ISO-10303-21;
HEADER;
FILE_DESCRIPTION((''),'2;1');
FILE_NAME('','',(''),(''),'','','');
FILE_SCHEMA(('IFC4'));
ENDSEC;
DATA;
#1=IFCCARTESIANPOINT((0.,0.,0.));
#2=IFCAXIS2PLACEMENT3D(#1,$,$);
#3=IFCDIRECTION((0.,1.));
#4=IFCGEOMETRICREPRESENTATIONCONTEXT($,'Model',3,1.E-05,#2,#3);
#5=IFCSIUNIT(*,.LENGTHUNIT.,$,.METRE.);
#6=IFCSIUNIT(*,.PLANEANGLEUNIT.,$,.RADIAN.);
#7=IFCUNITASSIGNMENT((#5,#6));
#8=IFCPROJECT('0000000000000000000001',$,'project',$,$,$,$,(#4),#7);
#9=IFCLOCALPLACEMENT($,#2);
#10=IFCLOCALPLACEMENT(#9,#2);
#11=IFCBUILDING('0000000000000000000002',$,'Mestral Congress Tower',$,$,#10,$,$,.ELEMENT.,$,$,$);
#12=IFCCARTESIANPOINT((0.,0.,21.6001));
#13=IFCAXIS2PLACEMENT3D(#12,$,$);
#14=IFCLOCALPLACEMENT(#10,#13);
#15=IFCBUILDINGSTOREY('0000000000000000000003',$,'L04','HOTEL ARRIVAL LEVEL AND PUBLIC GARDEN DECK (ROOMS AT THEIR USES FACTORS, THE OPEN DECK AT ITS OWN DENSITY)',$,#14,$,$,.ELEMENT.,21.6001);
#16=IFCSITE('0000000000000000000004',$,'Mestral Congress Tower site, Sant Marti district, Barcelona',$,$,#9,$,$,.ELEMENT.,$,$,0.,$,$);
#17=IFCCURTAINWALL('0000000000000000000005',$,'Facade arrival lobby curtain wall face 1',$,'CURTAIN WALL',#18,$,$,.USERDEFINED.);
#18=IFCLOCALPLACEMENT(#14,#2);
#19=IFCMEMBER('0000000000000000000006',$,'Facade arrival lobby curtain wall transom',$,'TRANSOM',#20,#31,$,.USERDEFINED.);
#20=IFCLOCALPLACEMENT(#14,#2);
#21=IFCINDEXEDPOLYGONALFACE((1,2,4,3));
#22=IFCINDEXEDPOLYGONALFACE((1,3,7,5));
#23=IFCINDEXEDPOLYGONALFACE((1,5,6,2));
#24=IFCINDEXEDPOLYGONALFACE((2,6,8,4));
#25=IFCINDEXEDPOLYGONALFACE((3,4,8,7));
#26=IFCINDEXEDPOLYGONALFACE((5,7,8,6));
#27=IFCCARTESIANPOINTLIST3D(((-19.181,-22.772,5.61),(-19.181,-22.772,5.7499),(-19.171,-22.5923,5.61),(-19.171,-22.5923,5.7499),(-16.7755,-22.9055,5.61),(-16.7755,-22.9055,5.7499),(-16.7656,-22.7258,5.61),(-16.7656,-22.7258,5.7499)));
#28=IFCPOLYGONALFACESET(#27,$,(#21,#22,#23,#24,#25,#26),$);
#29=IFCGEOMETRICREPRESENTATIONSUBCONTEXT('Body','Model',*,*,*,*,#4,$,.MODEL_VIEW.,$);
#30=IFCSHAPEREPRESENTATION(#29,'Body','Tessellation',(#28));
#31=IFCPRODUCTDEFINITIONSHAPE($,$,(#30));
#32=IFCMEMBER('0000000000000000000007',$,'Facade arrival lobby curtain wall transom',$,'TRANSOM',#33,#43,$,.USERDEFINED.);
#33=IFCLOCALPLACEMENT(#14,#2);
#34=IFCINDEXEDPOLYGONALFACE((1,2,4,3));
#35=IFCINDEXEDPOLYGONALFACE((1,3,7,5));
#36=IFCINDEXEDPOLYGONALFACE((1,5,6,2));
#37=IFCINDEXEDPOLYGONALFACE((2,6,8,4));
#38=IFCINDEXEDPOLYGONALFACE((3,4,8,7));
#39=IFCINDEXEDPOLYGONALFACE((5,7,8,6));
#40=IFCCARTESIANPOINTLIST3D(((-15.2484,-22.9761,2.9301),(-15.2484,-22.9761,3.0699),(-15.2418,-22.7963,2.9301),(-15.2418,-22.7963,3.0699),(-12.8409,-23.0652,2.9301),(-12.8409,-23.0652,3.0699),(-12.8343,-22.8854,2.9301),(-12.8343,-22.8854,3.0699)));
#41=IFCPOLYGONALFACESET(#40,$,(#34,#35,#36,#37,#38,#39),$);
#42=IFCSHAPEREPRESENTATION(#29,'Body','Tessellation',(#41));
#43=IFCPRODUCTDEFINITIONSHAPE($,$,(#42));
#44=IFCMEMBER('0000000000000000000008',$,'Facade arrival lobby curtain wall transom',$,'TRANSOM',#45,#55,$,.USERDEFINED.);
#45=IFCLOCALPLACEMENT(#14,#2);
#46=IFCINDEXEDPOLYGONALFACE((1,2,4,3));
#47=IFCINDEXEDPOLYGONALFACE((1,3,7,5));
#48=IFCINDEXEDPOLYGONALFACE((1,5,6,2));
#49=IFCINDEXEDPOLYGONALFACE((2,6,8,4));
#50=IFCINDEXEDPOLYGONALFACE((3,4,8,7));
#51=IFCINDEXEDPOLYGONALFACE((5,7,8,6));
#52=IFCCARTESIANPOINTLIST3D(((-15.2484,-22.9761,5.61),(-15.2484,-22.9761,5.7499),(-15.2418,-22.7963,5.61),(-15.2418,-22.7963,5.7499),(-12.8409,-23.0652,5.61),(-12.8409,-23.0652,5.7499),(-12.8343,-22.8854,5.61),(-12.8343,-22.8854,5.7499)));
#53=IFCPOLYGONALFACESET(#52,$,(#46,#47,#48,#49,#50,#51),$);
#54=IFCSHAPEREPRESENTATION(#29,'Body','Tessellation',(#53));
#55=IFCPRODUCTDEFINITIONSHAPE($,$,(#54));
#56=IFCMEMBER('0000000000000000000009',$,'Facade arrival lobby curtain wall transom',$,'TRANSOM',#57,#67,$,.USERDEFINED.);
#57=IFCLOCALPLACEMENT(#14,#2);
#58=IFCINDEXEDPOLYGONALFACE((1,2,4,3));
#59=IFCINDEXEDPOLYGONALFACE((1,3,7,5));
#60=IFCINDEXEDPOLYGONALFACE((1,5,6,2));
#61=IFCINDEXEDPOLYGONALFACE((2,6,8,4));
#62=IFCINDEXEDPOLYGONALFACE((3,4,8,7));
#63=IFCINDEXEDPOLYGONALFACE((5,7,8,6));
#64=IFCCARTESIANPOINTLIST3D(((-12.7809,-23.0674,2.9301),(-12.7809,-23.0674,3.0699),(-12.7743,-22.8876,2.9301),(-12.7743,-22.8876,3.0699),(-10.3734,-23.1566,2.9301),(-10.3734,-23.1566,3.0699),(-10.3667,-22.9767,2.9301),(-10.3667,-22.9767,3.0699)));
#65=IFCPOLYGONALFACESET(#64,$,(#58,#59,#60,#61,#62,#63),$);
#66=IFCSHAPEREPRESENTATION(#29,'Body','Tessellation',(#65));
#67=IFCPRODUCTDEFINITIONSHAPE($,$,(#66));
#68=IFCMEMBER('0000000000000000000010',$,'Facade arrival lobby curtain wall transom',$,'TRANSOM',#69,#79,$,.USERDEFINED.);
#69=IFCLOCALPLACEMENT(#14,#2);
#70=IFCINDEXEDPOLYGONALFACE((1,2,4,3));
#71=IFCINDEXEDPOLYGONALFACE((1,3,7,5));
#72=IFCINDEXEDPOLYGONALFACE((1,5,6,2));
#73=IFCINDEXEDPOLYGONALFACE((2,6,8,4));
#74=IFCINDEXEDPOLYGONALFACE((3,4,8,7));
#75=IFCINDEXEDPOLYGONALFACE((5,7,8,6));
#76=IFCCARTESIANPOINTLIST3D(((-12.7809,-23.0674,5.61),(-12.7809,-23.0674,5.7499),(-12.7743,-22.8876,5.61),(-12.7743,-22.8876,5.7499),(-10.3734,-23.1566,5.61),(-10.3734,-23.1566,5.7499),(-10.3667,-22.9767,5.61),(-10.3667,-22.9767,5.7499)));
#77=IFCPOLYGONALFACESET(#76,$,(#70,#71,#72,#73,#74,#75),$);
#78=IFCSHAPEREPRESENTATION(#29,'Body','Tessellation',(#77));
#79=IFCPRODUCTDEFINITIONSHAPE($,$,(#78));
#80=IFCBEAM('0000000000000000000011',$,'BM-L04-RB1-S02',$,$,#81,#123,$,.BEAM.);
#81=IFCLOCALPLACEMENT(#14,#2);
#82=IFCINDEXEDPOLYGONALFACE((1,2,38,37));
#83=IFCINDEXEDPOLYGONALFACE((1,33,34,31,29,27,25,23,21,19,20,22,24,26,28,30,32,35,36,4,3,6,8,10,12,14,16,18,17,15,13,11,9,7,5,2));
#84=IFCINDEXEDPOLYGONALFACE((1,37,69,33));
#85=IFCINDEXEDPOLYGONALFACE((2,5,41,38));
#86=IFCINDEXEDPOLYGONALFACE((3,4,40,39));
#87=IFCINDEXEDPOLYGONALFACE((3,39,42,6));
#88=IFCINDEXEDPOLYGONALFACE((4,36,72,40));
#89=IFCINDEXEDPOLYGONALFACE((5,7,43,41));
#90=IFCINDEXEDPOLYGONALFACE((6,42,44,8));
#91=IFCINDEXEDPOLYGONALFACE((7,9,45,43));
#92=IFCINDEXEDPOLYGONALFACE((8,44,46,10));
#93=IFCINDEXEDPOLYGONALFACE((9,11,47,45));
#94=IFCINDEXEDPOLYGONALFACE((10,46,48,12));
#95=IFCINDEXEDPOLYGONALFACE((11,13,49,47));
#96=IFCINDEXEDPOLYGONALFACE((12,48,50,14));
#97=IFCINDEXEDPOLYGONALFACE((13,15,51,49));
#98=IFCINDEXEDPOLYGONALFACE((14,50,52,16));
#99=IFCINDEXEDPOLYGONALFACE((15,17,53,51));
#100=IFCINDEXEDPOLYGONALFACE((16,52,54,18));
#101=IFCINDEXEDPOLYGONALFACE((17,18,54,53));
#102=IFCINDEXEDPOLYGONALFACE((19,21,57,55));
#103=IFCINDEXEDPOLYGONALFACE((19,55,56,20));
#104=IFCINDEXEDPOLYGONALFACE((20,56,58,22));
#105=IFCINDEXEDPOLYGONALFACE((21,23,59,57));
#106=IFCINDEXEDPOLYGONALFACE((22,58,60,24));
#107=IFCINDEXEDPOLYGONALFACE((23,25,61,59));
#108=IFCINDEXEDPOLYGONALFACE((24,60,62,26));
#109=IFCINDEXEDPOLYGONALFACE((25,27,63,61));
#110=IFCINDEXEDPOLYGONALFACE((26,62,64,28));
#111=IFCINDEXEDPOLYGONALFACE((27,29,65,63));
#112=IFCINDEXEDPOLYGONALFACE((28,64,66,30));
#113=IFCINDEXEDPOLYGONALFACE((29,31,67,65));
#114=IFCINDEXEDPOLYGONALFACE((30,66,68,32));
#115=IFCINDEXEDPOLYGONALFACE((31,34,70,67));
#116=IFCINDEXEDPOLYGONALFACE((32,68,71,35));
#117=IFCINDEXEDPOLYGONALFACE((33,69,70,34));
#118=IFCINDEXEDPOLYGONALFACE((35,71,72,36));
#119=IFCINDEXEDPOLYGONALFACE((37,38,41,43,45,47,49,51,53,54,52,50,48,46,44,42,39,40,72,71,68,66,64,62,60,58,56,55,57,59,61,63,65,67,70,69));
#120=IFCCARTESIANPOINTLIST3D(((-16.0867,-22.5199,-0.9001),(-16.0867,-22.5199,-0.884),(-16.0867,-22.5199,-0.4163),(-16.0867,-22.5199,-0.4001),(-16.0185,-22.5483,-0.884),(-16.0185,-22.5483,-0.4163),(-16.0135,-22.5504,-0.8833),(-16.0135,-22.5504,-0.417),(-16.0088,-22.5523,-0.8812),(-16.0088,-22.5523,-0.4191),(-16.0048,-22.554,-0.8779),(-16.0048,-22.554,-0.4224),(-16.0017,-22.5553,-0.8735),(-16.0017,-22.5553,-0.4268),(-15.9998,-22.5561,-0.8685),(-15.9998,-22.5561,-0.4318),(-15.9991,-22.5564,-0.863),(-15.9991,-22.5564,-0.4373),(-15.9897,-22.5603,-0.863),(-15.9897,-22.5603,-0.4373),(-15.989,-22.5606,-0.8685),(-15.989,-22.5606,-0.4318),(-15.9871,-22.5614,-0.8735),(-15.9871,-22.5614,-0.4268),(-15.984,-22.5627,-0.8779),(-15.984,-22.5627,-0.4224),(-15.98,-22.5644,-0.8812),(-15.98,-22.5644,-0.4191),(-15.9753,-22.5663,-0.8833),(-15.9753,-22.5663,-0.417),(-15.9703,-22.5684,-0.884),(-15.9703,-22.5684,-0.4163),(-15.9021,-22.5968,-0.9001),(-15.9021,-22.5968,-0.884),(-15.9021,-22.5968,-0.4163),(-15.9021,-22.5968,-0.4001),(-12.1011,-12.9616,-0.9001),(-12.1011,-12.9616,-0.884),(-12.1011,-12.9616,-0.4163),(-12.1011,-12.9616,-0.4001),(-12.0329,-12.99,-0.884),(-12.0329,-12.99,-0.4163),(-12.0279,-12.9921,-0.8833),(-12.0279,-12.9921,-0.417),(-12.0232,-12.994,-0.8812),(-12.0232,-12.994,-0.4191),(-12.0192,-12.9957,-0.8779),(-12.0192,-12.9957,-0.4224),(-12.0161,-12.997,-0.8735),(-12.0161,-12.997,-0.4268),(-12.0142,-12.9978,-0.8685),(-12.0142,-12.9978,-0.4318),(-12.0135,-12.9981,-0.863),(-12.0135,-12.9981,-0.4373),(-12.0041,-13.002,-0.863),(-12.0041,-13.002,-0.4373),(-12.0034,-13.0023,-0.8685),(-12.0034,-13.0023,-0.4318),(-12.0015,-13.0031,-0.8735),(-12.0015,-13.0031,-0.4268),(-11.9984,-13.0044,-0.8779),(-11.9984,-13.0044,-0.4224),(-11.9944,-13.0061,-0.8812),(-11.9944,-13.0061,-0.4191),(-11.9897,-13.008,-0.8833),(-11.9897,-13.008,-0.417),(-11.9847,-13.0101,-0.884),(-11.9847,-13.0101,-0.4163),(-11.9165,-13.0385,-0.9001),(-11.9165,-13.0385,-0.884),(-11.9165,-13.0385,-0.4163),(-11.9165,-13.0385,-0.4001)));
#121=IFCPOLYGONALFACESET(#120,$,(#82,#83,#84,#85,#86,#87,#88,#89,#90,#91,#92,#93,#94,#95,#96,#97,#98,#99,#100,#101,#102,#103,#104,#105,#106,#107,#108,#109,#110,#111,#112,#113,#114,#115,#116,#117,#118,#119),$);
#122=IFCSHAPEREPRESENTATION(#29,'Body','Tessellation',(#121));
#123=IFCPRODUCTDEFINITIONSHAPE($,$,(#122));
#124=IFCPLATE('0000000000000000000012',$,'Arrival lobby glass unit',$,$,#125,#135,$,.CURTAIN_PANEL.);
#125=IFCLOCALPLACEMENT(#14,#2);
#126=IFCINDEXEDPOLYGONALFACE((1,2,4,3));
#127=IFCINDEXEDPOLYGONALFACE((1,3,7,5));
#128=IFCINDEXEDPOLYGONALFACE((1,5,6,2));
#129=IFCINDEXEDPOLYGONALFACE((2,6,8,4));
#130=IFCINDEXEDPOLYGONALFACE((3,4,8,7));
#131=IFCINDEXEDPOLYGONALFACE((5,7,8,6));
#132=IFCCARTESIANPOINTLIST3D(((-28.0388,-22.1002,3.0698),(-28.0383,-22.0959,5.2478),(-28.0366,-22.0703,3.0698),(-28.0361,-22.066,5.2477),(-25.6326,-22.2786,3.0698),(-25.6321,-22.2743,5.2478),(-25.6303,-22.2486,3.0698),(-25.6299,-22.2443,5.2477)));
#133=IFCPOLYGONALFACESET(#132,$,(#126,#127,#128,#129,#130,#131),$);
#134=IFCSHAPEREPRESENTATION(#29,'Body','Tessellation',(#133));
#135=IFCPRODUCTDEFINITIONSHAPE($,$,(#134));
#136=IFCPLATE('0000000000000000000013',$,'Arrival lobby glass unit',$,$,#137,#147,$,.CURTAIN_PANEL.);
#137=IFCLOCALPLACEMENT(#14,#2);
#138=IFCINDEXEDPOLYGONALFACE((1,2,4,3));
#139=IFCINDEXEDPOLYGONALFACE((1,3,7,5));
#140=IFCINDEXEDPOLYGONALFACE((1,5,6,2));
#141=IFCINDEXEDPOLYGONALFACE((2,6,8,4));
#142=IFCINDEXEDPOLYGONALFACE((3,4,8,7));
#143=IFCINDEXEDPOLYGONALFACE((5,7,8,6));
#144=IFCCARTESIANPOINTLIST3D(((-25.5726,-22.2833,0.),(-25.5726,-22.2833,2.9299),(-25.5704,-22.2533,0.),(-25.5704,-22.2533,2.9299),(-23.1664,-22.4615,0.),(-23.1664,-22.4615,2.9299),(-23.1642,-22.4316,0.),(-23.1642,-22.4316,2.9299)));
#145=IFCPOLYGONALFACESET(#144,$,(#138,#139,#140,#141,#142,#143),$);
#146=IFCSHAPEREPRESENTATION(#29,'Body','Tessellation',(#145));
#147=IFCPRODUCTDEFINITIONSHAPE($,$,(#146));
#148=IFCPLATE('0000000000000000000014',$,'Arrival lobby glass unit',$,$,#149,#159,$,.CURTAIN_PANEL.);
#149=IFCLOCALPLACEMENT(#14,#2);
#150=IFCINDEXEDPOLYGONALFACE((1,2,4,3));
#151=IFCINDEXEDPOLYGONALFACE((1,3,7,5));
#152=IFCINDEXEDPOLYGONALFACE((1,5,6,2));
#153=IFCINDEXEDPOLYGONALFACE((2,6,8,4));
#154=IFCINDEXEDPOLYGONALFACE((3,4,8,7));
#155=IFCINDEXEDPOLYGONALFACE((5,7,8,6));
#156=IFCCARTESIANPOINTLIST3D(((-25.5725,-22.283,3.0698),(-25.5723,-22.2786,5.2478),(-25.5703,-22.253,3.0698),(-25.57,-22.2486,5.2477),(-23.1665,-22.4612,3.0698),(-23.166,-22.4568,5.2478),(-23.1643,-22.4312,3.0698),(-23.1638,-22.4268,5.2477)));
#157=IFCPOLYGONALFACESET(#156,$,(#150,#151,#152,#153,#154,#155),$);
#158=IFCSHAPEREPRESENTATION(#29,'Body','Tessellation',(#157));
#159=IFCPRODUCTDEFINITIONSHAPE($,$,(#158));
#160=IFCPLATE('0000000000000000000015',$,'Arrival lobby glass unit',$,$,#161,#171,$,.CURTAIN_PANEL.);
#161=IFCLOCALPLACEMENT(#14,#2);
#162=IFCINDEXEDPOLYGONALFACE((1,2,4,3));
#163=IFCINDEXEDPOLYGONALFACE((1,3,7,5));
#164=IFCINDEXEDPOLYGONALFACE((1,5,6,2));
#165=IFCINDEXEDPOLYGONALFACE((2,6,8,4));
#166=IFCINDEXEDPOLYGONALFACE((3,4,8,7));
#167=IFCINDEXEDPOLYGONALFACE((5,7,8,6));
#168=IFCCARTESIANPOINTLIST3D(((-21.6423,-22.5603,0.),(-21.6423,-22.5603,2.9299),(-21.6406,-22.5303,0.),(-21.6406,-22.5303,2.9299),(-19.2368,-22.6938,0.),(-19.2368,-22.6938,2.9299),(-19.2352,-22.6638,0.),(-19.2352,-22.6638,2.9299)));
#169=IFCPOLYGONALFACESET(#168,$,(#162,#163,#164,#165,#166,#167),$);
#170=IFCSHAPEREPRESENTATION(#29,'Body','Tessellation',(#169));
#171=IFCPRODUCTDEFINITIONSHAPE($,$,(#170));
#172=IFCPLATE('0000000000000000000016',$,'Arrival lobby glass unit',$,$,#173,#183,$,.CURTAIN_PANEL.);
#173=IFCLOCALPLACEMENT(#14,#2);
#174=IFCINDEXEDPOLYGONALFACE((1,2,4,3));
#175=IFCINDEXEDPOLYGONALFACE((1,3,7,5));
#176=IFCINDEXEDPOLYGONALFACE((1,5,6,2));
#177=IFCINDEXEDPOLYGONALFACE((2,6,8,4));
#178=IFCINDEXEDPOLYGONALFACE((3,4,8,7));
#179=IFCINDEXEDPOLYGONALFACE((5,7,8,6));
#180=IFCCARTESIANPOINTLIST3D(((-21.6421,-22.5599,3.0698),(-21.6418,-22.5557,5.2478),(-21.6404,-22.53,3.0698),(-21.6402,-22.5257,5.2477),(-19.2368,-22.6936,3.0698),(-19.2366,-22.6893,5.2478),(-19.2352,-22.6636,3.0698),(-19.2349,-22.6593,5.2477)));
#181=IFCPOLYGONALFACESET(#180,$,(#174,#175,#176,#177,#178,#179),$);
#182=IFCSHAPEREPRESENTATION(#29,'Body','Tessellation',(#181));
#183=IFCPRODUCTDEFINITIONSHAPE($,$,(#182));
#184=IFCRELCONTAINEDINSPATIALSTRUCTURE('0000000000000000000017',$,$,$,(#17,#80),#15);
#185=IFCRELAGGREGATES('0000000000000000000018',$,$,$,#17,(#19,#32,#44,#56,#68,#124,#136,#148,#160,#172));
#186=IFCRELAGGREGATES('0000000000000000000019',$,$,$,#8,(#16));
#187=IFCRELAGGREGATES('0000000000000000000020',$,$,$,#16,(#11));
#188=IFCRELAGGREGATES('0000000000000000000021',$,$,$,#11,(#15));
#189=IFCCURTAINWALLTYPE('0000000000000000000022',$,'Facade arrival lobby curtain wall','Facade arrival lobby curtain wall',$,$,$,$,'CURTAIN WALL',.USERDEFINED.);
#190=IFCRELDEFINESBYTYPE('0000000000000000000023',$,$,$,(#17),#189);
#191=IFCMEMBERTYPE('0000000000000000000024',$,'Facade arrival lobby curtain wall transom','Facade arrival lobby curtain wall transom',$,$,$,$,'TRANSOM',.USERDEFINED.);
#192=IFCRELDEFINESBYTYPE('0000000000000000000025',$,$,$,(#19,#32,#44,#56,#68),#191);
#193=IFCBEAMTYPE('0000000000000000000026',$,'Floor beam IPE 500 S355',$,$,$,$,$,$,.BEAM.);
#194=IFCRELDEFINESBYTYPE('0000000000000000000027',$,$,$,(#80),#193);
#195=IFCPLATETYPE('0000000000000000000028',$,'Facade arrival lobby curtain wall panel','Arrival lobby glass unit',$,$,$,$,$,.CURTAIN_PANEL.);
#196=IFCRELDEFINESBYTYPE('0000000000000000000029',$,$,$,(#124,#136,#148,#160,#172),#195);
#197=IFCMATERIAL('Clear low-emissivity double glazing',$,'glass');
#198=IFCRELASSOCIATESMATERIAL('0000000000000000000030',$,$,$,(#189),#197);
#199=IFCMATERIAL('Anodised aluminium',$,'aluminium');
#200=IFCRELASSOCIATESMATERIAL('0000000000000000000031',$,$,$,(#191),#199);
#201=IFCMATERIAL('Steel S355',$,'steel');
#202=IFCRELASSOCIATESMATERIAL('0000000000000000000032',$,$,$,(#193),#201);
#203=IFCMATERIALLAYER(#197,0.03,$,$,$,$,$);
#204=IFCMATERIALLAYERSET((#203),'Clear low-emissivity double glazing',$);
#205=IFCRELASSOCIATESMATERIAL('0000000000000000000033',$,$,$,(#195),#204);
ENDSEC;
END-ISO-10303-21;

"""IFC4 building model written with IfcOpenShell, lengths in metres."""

from ifc_helpers import new_model, si_unit, direction, frame, origin, origin_2d, place, context, subcontext, project, spatial, polyline, rectangle, i_section, outline, extrude, material, layer, layer_set, material_profile, profile_set, type_object, element, aggregate, save


model = new_model("IFC4")

# Units and contexts
model_context = context("Model", 3, precision=1e-05, world=origin(), true_north=direction((0.0, 1.0)))
body_context = subcontext(model_context, "Body", "Model", "MODEL_VIEW")
ifc_project = project(units=[si_unit("LENGTHUNIT", "METRE"), si_unit("PLANEANGLEUNIT", "RADIAN")], contexts=[model_context])

# Site, building, storey
site_placement = place(None, origin())
site = spatial("IfcSite", under=ifc_project, at=site_placement, Name="Mestral Congress Tower site, Sant Marti district, Barcelona", CompositionType="ELEMENT", RefElevation=0.0)
building_placement = place(site_placement, origin())
building = spatial("IfcBuilding", under=site, at=building_placement, Name="Mestral Congress Tower", CompositionType="ELEMENT")
storey_placement = place(building_placement, frame((0.0, 0.0, 21.6001)))
storey = spatial("IfcBuildingStorey", under=building, at=storey_placement, Name="L04", Description="HOTEL ARRIVAL LEVEL AND PUBLIC GARDEN DECK (ROOMS AT THEIR USES FACTORS, THE OPEN DECK AT ITS OWN DENSITY)", CompositionType="ELEMENT", Elevation=21.6001)

# Curtain wall, members
ifc_material_1 = material(Name="Clear low-emissivity double glazing", Category="glass")
curtain_wall_type = type_object("IfcCurtainWallType", Name="Facade arrival lobby curtain wall", Description="Facade arrival lobby curtain wall", ElementType="CURTAIN WALL", PredefinedType="USERDEFINED", material=ifc_material_1)
curtain_wall_placement = place(storey_placement, origin())
curtain_wall = element("IfcCurtainWall", 1, at=curtain_wall_placement, inside=storey, type_object=curtain_wall_type, Name="Facade arrival lobby curtain wall face 1", ObjectType="CURTAIN WALL", PredefinedType="USERDEFINED")
ifc_material_2 = material(Name="Anodised aluminium", Category="aluminium")
ifc_material_profile_1 = material_profile(ifc_material_2, rectangle(XDim=0.1799, YDim=0.1399, at=origin_2d()), Name="CW4 transom 180 x 140")
ifc_profile_set_1 = profile_set([ifc_material_profile_1], Name="Anodised aluminium")
member_type_1 = type_object("IfcMemberType", Name="Facade arrival lobby curtain wall transom", Description="Facade arrival lobby curtain wall transom", ElementType="TRANSOM", PredefinedType="USERDEFINED", material=ifc_profile_set_1)
member_1_placement = place(storey_placement, frame((-19.176, -22.6821, 5.6799), z_axis=(0.998463, -0.055431, 0.0), x_axis=(0.055431, 0.998463, 0.0)))
member_1 = element("IfcMember", 2, at=member_1_placement, type_object=member_type_1, Name="Facade arrival lobby curtain wall transom", ObjectType="TRANSOM", PredefinedType="USERDEFINED", context=body_context, shape_type="SweptSolid", body=[
    extrude(rectangle(XDim=0.1799, YDim=0.1399, at=origin_2d()), origin(), (0.0, 0.0, 1.0), 2.4092),
])
member_2_placement = place(storey_placement, frame((-15.2451, -22.8862, 3.0), z_axis=(0.999316, -0.036989, 0.0), x_axis=(0.036989, 0.999316, 0.0)))
member_2 = element("IfcMember", 3, at=member_2_placement, type_object=member_type_1, Name="Facade arrival lobby curtain wall transom", ObjectType="TRANSOM", PredefinedType="USERDEFINED", context=body_context, shape_type="SweptSolid", body=[
    extrude(rectangle(XDim=0.1799, YDim=0.1399, at=origin_2d()), origin(), (0.0, 0.0, 1.0), 2.4092),
])
member_3_placement = place(storey_placement, frame((-15.2451, -22.8862, 5.6799), z_axis=(0.999316, -0.036989, 0.0), x_axis=(0.036989, 0.999316, 0.0)))
member_3 = element("IfcMember", 4, at=member_3_placement, type_object=member_type_1, Name="Facade arrival lobby curtain wall transom", ObjectType="TRANSOM", PredefinedType="USERDEFINED", context=body_context, shape_type="SweptSolid", body=[
    extrude(rectangle(XDim=0.1799, YDim=0.1399, at=origin_2d()), origin(), (0.0, 0.0, 1.0), 2.4092),
])
member_4_placement = place(storey_placement, frame((-12.7776, -22.9775, 3.0), z_axis=(0.999316, -0.036989, 0.0), x_axis=(0.036989, 0.999316, 0.0)))
member_4 = element("IfcMember", 5, at=member_4_placement, type_object=member_type_1, Name="Facade arrival lobby curtain wall transom", ObjectType="TRANSOM", PredefinedType="USERDEFINED", context=body_context, shape_type="SweptSolid", body=[
    extrude(rectangle(XDim=0.1799, YDim=0.1399, at=origin_2d()), origin(), (0.0, 0.0, 1.0), 2.4092),
])
member_5_placement = place(storey_placement, frame((-12.7776, -22.9775, 5.6799), z_axis=(0.999316, -0.036989, 0.0), x_axis=(0.036989, 0.999316, 0.0)))
member_5 = element("IfcMember", 6, at=member_5_placement, type_object=member_type_1, Name="Facade arrival lobby curtain wall transom", ObjectType="TRANSOM", PredefinedType="USERDEFINED", context=body_context, shape_type="SweptSolid", body=[
    extrude(rectangle(XDim=0.1799, YDim=0.1399, at=origin_2d()), origin(), (0.0, 0.0, 1.0), 2.4092),
])

# Beam
ifc_material_3 = material(Name="Steel S355", Category="steel")
ifc_material_profile_2 = material_profile(ifc_material_3, i_section(OverallWidth=0.2, OverallDepth=0.5, WebThickness=0.0103, FlangeThickness=0.0161, FilletRadius=0.021, at=origin_2d()), Name="IPE 500")
ifc_profile_set_2 = profile_set([ifc_material_profile_2], Name="Steel S355")
beam_type = type_object("IfcBeamType", Name="Floor beam IPE 500 S355", PredefinedType="BEAM", material=ifc_profile_set_2)
beam_placement = place(storey_placement, frame((-15.9944, -22.5583, -0.6501), z_axis=(0.384858, 0.922976, 0.0), x_axis=(-0.922976, 0.384858, 0.0)))
element("IfcBeam", 7, at=beam_placement, inside=storey, type_object=beam_type, Name="BM-L04-RB1-S02", PredefinedType="BEAM", context=body_context, shape_type="SweptSolid", body=[
    extrude(i_section(OverallWidth=0.2, OverallDepth=0.5, WebThickness=0.0103, FlangeThickness=0.0161, FilletRadius=0.021, at=origin_2d()), origin(), (0.0, 0.0, 1.0), 10.356),
])

# Plates
ifc_layer = layer(ifc_material_1, 0.03)
ifc_layer_set = layer_set([ifc_layer], Name="Clear low-emissivity double glazing")
plate_type = type_object("IfcPlateType", Name="Facade arrival lobby curtain wall panel", Description="Arrival lobby glass unit", PredefinedType="CURTAIN_PANEL", material=ifc_layer_set)
plate_1_placement = place(storey_placement, frame((-25.6326, -22.2786, 3.0698), z_axis=(-0.073914, -0.997263, 0.001973), x_axis=(-0.997265, 0.073915, 0.0)))
plate_1 = element("IfcPlate", 8, at=plate_1_placement, type_object=plate_type, Name="Arrival lobby glass unit", PredefinedType="CURTAIN_PANEL", context=body_context, shape_type="SweptSolid", body=[
    extrude(outline(polyline([(0.0, 0.0), (2.4129, 0.0), (2.4127, -2.178), (-0.0002, -2.178), (0.0, 0.0)])), origin(), (0.0, 0.0, -1.0), 0.03),
])
plate_2_placement = place(storey_placement, frame((-24.3684, -22.3574, 0.0), z_axis=(0.0, 0.0, 1.0), x_axis=(0.997267, -0.073879, 0.0)))
plate_2 = element("IfcPlate", 9, at=plate_2_placement, type_object=plate_type, Name="Arrival lobby glass unit", PredefinedType="CURTAIN_PANEL", context=body_context, shape_type="SweptSolid", body=[
    extrude(rectangle(XDim=2.4128, YDim=0.03, at=origin_2d()), origin(), (0.0, 0.0, 1.0), 2.9299),
])
plate_3_placement = place(storey_placement, frame((-23.1665, -22.4612, 3.0698), z_axis=(-0.073868, -0.997266, 0.002025), x_axis=(-0.997268, 0.073868, 0.0)))
plate_3 = element("IfcPlate", 10, at=plate_3_placement, type_object=plate_type, Name="Arrival lobby glass unit", PredefinedType="CURTAIN_PANEL", context=body_context, shape_type="SweptSolid", body=[
    extrude(outline(polyline([(0.0, 0.0), (2.4126, 0.0), (2.4127, -2.178), (-0.0002, -2.178), (0.0, 0.0)])), origin(), (0.0, 0.0, -1.0), 0.03),
])
plate_4_placement = place(storey_placement, frame((-20.4387, -22.6121, 0.0), z_axis=(0.0, 0.0, 1.0), x_axis=(0.998463, -0.055428, 0.0)))
plate_4 = element("IfcPlate", 11, at=plate_4_placement, type_object=plate_type, Name="Arrival lobby glass unit", PredefinedType="CURTAIN_PANEL", context=body_context, shape_type="SweptSolid", body=[
    extrude(rectangle(XDim=2.4092, YDim=0.03, at=origin_2d()), origin(), (0.0, 0.0, 1.0), 2.9299),
])
plate_5_placement = place(storey_placement, frame((-19.2368, -22.6936, 3.0698), z_axis=(-0.055487, -0.998457, 0.001965), x_axis=(-0.998459, 0.055487, 0.0)))
plate_5 = element("IfcPlate", 12, at=plate_5_placement, type_object=plate_type, Name="Arrival lobby glass unit", PredefinedType="CURTAIN_PANEL", context=body_context, shape_type="SweptSolid", body=[
    extrude(outline(polyline([(0.0, 0.0), (2.409, 0.0), (2.409, -2.178), (0.0, -2.178), (0.0, 0.0)])), origin(), (0.0, 0.0, -1.0), 0.03),
])
aggregate(curtain_wall, [member_1, member_2, member_3, member_4, member_5, plate_1, plate_2, plate_3, plate_4, plate_5])

save(model, "model.ifc")
